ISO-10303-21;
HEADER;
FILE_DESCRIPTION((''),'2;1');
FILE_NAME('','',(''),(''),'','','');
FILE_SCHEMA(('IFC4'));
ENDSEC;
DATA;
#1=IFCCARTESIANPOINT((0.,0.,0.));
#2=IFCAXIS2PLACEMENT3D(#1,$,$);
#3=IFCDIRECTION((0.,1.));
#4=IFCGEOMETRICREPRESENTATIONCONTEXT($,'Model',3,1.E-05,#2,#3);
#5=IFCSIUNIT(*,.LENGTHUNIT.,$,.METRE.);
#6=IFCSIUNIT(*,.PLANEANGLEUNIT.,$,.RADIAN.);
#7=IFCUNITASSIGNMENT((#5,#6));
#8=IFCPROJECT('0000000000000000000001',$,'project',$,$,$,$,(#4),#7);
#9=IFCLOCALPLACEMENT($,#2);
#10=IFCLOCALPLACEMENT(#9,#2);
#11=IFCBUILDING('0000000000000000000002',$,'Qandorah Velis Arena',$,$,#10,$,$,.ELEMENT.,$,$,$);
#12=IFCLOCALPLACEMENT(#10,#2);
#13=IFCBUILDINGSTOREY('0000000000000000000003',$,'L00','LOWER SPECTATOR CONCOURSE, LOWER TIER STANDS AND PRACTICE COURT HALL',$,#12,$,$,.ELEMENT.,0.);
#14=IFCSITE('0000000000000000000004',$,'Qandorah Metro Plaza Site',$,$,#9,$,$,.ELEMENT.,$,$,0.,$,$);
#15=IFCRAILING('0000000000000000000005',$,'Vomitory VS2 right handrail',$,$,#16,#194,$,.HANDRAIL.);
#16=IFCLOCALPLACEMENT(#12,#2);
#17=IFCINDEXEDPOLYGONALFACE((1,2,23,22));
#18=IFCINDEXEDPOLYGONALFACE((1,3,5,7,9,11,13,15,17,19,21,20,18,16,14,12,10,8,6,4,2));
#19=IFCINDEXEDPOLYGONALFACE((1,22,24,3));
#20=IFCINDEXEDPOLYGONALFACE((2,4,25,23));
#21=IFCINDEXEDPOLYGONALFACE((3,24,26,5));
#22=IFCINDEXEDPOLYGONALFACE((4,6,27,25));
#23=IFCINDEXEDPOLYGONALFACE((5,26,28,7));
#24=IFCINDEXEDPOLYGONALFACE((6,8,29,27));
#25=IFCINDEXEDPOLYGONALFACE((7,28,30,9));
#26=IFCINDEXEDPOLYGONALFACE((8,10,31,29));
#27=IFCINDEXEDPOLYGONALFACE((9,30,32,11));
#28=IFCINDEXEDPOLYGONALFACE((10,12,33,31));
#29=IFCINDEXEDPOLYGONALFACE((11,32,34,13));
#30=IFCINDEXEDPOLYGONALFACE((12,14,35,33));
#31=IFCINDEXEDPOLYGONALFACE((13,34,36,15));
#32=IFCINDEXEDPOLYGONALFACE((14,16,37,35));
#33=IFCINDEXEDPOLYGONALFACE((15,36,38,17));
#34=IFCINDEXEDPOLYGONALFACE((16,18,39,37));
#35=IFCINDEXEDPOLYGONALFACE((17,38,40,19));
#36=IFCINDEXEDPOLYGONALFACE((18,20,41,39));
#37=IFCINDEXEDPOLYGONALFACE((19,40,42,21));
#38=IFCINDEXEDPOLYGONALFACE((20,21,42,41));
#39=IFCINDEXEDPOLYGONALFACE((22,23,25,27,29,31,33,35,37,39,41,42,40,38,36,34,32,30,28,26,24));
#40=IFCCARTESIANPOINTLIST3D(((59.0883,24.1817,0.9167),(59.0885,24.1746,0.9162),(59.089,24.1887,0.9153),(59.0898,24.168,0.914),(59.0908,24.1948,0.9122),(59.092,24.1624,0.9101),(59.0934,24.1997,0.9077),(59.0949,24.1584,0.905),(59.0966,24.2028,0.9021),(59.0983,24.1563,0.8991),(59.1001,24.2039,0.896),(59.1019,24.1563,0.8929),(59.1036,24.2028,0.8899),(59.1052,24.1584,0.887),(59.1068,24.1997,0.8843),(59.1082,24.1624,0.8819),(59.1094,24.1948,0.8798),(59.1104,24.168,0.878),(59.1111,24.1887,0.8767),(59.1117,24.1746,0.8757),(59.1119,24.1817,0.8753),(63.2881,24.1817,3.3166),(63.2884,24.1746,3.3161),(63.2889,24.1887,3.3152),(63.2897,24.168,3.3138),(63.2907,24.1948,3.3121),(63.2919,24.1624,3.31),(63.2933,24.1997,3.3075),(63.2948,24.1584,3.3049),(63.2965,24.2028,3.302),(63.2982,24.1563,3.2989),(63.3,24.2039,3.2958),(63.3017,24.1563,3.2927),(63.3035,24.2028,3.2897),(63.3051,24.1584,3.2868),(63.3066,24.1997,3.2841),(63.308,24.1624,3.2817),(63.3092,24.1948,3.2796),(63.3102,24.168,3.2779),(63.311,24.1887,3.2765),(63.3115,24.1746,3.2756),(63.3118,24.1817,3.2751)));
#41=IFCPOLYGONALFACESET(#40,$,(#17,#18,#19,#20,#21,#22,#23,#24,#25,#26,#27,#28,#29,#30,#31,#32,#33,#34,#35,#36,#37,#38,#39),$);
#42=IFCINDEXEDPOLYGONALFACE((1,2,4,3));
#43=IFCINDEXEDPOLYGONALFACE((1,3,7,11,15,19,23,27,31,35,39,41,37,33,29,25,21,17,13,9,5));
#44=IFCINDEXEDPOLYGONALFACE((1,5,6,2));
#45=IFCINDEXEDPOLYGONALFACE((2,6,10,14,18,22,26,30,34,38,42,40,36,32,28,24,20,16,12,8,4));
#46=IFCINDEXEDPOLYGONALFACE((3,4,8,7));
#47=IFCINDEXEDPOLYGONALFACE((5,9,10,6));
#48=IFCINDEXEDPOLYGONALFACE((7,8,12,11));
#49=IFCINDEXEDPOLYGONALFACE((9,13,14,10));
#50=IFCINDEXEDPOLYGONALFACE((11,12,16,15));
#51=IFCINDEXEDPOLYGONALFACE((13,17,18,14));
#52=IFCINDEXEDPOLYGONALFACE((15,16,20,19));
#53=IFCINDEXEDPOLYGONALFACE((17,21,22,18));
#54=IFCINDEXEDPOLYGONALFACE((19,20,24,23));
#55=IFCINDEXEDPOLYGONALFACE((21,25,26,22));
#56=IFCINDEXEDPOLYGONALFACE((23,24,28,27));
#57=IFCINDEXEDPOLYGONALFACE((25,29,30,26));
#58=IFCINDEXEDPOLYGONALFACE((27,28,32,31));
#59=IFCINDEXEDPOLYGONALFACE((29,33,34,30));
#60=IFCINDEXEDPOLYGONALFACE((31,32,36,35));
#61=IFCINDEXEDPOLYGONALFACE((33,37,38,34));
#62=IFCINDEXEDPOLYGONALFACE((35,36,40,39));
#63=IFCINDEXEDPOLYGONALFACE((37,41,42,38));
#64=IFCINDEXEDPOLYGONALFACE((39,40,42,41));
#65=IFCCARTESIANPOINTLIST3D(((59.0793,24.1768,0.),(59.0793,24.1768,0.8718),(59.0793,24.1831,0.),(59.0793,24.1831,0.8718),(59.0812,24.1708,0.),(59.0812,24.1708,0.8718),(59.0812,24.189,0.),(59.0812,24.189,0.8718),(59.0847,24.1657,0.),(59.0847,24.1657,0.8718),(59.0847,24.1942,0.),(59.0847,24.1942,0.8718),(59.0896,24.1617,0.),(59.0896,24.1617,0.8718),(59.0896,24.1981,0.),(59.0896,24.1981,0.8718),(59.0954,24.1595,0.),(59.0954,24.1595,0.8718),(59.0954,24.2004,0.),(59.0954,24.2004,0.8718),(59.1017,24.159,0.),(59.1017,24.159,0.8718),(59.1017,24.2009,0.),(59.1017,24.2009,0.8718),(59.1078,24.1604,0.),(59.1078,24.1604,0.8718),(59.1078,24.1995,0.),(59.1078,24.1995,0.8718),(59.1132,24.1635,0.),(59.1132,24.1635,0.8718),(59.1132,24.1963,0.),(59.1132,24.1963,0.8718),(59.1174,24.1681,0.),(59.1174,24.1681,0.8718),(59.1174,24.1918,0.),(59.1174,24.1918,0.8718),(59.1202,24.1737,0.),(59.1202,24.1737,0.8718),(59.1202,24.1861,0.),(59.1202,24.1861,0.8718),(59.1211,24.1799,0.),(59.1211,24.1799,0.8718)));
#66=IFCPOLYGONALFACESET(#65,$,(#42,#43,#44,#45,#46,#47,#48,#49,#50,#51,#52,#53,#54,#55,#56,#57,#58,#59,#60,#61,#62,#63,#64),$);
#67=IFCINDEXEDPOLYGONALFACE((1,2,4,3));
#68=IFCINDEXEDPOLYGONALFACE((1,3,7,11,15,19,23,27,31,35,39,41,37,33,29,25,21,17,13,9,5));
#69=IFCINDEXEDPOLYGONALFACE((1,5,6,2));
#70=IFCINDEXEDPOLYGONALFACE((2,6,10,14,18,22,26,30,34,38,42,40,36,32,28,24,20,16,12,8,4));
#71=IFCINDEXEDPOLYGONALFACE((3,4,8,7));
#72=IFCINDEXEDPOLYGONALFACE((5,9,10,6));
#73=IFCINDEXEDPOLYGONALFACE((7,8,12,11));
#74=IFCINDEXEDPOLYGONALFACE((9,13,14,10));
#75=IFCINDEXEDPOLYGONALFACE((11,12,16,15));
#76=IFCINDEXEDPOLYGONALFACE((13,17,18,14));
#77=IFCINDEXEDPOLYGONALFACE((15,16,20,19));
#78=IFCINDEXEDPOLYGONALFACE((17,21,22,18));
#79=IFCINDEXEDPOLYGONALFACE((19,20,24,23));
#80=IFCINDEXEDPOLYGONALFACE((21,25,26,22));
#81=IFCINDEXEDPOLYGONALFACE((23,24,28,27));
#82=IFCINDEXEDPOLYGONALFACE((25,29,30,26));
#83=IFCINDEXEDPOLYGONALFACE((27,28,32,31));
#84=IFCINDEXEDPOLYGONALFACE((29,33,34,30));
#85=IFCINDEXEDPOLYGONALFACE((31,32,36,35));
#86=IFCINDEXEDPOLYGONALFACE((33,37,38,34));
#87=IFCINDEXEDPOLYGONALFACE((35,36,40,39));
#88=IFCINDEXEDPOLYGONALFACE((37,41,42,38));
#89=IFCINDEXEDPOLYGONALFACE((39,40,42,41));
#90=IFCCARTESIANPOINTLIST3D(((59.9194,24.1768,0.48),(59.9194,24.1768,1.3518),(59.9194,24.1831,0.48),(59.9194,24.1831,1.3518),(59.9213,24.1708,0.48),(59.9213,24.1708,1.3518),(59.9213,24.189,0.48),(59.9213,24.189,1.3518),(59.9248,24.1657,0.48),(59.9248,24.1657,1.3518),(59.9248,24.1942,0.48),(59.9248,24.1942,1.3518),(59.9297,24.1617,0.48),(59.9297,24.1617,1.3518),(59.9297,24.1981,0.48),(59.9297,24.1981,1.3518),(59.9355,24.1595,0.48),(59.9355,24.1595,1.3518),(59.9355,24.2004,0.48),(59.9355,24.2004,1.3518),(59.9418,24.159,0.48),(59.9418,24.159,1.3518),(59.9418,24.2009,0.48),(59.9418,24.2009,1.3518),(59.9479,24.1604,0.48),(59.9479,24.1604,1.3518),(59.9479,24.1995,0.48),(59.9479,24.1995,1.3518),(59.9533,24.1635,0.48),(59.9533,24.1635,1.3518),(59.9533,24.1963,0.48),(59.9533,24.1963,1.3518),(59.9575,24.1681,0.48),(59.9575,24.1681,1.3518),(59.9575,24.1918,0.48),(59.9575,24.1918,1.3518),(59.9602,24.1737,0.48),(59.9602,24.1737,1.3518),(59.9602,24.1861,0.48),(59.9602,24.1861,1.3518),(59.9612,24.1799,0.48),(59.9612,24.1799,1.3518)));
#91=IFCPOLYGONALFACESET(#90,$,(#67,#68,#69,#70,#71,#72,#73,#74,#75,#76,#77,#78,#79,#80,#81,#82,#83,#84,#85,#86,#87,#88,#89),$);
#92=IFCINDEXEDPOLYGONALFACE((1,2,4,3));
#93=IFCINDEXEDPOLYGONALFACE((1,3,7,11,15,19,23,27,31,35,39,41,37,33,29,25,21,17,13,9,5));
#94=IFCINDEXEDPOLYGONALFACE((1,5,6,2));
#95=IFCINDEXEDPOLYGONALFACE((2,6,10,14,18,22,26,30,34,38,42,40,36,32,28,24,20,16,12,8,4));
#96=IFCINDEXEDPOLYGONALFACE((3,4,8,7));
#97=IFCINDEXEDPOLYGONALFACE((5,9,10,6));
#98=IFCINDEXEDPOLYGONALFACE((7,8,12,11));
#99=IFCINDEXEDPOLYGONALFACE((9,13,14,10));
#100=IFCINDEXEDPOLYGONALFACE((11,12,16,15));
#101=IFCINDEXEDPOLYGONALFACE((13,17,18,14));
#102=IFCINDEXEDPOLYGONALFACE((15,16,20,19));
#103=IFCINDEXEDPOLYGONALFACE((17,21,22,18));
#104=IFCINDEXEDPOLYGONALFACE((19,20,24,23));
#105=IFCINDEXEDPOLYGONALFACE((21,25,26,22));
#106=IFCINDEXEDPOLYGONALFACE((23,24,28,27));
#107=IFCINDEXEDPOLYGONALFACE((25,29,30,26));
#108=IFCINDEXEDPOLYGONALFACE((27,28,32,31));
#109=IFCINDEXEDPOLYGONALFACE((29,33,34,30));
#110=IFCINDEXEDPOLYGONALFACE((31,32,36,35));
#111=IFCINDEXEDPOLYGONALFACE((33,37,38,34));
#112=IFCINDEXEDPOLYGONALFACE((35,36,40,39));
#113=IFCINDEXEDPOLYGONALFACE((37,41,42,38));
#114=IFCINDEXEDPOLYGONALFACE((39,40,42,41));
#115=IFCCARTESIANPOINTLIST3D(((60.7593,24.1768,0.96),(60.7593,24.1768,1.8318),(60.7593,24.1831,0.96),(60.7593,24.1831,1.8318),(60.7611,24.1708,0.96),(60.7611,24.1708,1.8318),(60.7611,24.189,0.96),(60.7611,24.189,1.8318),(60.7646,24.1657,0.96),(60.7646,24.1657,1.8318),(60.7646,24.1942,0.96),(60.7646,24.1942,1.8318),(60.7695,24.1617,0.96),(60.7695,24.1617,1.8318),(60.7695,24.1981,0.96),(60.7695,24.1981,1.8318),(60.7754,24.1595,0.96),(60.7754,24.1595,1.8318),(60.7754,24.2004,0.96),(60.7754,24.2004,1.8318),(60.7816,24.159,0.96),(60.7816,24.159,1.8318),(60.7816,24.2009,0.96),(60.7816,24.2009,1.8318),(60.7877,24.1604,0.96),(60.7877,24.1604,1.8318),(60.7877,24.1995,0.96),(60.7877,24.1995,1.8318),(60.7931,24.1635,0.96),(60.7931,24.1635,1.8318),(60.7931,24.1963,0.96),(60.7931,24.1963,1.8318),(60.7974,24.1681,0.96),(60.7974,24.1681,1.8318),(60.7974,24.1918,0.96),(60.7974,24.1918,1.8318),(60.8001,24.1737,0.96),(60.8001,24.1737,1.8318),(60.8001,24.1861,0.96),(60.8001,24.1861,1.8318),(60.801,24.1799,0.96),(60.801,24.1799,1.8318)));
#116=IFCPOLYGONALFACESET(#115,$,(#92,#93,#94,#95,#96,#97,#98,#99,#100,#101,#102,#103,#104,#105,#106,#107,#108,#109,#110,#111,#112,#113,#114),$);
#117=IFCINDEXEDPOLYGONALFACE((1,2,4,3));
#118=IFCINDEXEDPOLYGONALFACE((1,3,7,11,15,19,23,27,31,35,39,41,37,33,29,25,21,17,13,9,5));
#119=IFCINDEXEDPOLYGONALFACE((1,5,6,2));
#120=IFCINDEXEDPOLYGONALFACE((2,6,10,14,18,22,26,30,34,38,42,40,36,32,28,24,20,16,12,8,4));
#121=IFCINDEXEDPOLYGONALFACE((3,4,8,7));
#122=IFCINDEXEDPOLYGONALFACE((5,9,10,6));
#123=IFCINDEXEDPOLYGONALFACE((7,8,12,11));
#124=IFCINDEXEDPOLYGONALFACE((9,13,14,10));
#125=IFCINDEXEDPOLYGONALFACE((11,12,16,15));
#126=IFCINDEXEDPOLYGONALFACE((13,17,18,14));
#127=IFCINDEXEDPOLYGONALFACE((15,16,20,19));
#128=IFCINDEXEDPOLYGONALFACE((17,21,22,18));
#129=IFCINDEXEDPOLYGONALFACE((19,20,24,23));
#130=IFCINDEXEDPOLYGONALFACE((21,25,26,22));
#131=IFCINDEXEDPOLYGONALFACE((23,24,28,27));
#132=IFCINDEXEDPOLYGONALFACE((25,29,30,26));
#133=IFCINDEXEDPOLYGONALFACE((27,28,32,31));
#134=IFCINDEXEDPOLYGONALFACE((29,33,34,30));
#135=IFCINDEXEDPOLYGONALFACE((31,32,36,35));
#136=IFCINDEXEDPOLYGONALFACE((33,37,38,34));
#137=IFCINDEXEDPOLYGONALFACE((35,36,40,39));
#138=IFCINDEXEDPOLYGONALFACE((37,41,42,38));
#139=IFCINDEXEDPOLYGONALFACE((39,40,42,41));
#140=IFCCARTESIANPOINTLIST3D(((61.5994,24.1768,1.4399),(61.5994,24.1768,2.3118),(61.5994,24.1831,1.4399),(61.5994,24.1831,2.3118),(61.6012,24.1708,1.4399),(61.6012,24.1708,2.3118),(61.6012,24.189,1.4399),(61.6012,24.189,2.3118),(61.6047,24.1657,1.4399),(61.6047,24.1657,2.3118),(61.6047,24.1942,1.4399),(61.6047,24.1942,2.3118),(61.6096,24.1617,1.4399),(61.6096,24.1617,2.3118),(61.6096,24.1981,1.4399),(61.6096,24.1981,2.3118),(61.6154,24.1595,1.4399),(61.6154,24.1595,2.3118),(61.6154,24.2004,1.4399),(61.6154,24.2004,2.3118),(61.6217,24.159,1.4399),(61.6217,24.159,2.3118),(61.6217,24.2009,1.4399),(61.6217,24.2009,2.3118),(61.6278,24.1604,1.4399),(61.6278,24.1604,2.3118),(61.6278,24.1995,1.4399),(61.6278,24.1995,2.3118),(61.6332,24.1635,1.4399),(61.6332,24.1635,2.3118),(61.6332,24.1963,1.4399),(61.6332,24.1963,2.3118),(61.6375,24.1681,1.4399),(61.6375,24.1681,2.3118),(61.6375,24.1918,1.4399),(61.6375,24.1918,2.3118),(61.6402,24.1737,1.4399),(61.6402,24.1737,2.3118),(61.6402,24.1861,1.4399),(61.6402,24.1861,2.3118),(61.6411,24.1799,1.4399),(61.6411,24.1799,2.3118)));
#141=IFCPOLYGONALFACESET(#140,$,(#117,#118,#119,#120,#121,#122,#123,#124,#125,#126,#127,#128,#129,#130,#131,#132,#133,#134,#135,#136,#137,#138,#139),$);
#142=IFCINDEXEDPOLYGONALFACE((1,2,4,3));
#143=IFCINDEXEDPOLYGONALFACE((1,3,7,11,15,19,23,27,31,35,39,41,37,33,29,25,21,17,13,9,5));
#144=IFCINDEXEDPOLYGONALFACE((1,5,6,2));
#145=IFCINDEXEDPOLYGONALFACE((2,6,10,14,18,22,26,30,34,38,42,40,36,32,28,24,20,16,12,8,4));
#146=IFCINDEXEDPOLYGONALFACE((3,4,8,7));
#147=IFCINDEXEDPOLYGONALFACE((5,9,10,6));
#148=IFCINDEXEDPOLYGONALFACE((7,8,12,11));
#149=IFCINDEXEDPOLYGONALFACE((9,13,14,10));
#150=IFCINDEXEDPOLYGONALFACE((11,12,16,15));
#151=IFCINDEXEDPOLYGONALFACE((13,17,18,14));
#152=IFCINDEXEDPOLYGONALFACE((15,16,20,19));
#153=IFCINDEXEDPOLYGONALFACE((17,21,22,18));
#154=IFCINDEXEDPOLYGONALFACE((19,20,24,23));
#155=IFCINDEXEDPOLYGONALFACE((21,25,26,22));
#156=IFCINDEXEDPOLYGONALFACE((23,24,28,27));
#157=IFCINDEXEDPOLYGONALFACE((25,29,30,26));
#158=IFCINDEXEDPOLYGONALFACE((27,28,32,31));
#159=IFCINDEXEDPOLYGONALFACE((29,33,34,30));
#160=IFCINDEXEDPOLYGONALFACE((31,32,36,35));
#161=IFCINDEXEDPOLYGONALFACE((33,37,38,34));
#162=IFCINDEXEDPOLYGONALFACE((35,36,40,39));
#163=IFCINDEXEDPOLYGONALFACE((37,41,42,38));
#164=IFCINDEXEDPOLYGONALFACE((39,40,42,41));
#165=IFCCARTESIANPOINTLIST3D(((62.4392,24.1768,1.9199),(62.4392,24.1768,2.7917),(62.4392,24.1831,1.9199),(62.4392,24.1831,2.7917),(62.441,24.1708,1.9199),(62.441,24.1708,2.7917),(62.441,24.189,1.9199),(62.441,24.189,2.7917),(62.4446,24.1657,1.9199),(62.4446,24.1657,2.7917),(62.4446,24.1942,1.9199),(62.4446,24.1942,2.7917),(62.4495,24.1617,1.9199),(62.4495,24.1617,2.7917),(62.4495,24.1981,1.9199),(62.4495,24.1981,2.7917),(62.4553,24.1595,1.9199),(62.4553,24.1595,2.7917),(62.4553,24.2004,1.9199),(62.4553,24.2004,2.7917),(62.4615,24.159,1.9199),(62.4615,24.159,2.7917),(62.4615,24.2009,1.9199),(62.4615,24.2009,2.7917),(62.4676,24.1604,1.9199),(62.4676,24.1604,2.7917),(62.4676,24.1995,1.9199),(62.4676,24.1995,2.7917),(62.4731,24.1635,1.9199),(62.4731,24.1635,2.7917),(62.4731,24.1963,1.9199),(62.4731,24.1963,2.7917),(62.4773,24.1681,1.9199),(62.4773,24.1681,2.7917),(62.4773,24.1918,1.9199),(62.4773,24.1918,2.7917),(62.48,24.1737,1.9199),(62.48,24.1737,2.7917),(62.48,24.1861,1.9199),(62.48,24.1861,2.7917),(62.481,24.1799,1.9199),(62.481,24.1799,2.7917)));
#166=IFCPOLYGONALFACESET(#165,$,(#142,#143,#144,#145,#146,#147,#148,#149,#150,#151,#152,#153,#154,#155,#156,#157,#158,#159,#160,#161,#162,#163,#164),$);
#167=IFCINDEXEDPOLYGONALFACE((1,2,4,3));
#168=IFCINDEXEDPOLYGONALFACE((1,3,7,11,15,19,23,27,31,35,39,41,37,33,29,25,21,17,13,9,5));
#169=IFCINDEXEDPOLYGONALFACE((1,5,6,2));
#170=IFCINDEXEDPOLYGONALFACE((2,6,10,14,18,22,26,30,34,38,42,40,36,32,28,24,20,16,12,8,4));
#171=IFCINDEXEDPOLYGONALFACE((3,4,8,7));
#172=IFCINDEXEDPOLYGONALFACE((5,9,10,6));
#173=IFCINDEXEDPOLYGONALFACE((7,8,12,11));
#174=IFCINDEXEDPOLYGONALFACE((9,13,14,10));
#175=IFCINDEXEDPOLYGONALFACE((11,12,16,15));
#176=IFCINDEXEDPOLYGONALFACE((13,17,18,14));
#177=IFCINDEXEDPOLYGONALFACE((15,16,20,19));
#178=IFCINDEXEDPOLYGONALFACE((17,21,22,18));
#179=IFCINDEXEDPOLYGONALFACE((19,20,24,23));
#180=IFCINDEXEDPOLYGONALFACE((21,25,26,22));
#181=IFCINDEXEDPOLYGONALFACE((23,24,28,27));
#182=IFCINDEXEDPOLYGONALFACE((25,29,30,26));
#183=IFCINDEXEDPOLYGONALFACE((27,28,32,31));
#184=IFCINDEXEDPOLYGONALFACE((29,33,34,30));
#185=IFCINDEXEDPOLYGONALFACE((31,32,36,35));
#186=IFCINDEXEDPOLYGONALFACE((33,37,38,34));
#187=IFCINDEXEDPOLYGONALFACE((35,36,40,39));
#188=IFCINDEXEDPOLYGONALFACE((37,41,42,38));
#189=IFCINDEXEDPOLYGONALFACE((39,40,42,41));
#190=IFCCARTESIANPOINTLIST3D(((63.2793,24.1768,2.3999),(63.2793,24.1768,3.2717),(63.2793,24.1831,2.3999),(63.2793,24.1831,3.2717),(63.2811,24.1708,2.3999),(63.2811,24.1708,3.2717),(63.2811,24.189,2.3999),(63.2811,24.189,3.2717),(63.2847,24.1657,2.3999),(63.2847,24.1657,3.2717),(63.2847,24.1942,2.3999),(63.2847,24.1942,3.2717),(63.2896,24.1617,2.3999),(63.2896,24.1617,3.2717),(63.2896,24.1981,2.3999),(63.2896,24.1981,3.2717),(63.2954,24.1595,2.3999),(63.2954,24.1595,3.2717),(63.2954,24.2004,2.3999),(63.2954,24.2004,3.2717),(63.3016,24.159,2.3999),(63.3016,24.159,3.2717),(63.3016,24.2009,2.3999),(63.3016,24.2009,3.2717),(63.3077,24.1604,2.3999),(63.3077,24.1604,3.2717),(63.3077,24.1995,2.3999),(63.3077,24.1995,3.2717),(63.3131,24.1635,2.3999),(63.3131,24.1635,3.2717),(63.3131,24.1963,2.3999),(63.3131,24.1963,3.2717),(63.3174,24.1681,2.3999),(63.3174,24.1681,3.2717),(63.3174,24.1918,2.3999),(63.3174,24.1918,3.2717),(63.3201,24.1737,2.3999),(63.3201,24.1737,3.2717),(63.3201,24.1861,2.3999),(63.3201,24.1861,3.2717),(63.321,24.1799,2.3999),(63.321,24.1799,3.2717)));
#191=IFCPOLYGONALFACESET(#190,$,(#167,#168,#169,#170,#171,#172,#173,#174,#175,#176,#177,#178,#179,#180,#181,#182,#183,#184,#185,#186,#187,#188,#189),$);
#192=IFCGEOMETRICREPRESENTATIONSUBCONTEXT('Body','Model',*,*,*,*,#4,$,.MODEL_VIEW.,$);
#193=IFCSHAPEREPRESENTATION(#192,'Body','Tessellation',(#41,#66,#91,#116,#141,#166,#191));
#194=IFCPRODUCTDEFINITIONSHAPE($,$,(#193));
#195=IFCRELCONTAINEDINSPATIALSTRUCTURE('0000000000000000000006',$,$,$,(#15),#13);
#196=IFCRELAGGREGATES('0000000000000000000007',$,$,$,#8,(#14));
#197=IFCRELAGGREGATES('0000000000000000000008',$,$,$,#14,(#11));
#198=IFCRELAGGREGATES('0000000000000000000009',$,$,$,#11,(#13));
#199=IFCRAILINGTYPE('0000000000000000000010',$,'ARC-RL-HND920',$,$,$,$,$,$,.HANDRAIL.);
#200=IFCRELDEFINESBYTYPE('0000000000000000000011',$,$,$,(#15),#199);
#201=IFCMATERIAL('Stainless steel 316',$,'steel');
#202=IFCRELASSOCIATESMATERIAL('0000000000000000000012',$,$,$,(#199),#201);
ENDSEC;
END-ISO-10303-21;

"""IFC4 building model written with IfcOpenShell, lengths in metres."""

from ifc_helpers import new_model, si_unit, direction, frame, origin, origin_2d, place, context, subcontext, project, spatial, circle, extrude, material, type_object, element, save


model = new_model("IFC4")

# Units and contexts
model_context = context("Model", 3, precision=1e-05, world=origin(), true_north=direction((0.0, 1.0)))
body_context = subcontext(model_context, "Body", "Model", "MODEL_VIEW")
ifc_project = project(units=[si_unit("LENGTHUNIT", "METRE"), si_unit("PLANEANGLEUNIT", "RADIAN")], contexts=[model_context])

# Site, building, storey
site_placement = place(None, origin())
site = spatial("IfcSite", under=ifc_project, at=site_placement, Name="Qandorah Metro Plaza Site", CompositionType="ELEMENT", RefElevation=0.0)
building_placement = place(site_placement, origin())
building = spatial("IfcBuilding", under=site, at=building_placement, Name="Qandorah Velis Arena", CompositionType="ELEMENT")
storey_placement = place(building_placement, origin())
storey = spatial("IfcBuildingStorey", under=building, at=storey_placement, Name="L00", Description="LOWER SPECTATOR CONCOURSE, LOWER TIER STANDS AND PRACTICE COURT HALL", CompositionType="ELEMENT", Elevation=0.0)

# Railing
ifc_material_1 = material(Name="Stainless steel 316", Category="steel")
railing_type_1 = type_object("IfcRailingType", Name="ARC-RL-HND920", PredefinedType="HANDRAIL", material=ifc_material_1)
for number, where, name in (
    (1, (59.1001, 24.1799, 0.0), "Vomitory VS2 right handrail"),
):
    element("IfcRailing", number, at=place(storey_placement, frame(where)), inside=storey, type_object=railing_type_1, Name=name, PredefinedType="HANDRAIL", context=body_context, shape_type="SweptSolid", body=[
        extrude(circle(Radius=0.0239, at=origin_2d()), frame((0.0, 0.0, 0.896), z_axis=(0.868249, 0.0, 0.496128), x_axis=(0.0, 1.0, 0.0)), (0.0, 0.0, 1.0), 4.8372),
        extrude(circle(Radius=0.021, at=origin_2d()), origin(), (0.0, 0.0, 1.0), 0.8718),
        extrude(circle(Radius=0.021, at=origin_2d()), frame((0.8401, 0.0, 0.48)), (0.0, 0.0, 1.0), 0.8718),
        extrude(circle(Radius=0.021, at=origin_2d()), frame((1.6799, 0.0, 0.96)), (0.0, 0.0, 1.0), 0.8718),
        extrude(circle(Radius=0.021, at=origin_2d()), frame((2.52, 0.0, 1.4399)), (0.0, 0.0, 1.0), 0.8718),
        extrude(circle(Radius=0.021, at=origin_2d()), frame((3.3599, 0.0, 1.9199)), (0.0, 0.0, 1.0), 0.8718),
        extrude(circle(Radius=0.021, at=origin_2d()), frame((4.2, 0.0, 2.3999)), (0.0, 0.0, 1.0), 0.8718),
    ])

save(model, "model.ifc")
